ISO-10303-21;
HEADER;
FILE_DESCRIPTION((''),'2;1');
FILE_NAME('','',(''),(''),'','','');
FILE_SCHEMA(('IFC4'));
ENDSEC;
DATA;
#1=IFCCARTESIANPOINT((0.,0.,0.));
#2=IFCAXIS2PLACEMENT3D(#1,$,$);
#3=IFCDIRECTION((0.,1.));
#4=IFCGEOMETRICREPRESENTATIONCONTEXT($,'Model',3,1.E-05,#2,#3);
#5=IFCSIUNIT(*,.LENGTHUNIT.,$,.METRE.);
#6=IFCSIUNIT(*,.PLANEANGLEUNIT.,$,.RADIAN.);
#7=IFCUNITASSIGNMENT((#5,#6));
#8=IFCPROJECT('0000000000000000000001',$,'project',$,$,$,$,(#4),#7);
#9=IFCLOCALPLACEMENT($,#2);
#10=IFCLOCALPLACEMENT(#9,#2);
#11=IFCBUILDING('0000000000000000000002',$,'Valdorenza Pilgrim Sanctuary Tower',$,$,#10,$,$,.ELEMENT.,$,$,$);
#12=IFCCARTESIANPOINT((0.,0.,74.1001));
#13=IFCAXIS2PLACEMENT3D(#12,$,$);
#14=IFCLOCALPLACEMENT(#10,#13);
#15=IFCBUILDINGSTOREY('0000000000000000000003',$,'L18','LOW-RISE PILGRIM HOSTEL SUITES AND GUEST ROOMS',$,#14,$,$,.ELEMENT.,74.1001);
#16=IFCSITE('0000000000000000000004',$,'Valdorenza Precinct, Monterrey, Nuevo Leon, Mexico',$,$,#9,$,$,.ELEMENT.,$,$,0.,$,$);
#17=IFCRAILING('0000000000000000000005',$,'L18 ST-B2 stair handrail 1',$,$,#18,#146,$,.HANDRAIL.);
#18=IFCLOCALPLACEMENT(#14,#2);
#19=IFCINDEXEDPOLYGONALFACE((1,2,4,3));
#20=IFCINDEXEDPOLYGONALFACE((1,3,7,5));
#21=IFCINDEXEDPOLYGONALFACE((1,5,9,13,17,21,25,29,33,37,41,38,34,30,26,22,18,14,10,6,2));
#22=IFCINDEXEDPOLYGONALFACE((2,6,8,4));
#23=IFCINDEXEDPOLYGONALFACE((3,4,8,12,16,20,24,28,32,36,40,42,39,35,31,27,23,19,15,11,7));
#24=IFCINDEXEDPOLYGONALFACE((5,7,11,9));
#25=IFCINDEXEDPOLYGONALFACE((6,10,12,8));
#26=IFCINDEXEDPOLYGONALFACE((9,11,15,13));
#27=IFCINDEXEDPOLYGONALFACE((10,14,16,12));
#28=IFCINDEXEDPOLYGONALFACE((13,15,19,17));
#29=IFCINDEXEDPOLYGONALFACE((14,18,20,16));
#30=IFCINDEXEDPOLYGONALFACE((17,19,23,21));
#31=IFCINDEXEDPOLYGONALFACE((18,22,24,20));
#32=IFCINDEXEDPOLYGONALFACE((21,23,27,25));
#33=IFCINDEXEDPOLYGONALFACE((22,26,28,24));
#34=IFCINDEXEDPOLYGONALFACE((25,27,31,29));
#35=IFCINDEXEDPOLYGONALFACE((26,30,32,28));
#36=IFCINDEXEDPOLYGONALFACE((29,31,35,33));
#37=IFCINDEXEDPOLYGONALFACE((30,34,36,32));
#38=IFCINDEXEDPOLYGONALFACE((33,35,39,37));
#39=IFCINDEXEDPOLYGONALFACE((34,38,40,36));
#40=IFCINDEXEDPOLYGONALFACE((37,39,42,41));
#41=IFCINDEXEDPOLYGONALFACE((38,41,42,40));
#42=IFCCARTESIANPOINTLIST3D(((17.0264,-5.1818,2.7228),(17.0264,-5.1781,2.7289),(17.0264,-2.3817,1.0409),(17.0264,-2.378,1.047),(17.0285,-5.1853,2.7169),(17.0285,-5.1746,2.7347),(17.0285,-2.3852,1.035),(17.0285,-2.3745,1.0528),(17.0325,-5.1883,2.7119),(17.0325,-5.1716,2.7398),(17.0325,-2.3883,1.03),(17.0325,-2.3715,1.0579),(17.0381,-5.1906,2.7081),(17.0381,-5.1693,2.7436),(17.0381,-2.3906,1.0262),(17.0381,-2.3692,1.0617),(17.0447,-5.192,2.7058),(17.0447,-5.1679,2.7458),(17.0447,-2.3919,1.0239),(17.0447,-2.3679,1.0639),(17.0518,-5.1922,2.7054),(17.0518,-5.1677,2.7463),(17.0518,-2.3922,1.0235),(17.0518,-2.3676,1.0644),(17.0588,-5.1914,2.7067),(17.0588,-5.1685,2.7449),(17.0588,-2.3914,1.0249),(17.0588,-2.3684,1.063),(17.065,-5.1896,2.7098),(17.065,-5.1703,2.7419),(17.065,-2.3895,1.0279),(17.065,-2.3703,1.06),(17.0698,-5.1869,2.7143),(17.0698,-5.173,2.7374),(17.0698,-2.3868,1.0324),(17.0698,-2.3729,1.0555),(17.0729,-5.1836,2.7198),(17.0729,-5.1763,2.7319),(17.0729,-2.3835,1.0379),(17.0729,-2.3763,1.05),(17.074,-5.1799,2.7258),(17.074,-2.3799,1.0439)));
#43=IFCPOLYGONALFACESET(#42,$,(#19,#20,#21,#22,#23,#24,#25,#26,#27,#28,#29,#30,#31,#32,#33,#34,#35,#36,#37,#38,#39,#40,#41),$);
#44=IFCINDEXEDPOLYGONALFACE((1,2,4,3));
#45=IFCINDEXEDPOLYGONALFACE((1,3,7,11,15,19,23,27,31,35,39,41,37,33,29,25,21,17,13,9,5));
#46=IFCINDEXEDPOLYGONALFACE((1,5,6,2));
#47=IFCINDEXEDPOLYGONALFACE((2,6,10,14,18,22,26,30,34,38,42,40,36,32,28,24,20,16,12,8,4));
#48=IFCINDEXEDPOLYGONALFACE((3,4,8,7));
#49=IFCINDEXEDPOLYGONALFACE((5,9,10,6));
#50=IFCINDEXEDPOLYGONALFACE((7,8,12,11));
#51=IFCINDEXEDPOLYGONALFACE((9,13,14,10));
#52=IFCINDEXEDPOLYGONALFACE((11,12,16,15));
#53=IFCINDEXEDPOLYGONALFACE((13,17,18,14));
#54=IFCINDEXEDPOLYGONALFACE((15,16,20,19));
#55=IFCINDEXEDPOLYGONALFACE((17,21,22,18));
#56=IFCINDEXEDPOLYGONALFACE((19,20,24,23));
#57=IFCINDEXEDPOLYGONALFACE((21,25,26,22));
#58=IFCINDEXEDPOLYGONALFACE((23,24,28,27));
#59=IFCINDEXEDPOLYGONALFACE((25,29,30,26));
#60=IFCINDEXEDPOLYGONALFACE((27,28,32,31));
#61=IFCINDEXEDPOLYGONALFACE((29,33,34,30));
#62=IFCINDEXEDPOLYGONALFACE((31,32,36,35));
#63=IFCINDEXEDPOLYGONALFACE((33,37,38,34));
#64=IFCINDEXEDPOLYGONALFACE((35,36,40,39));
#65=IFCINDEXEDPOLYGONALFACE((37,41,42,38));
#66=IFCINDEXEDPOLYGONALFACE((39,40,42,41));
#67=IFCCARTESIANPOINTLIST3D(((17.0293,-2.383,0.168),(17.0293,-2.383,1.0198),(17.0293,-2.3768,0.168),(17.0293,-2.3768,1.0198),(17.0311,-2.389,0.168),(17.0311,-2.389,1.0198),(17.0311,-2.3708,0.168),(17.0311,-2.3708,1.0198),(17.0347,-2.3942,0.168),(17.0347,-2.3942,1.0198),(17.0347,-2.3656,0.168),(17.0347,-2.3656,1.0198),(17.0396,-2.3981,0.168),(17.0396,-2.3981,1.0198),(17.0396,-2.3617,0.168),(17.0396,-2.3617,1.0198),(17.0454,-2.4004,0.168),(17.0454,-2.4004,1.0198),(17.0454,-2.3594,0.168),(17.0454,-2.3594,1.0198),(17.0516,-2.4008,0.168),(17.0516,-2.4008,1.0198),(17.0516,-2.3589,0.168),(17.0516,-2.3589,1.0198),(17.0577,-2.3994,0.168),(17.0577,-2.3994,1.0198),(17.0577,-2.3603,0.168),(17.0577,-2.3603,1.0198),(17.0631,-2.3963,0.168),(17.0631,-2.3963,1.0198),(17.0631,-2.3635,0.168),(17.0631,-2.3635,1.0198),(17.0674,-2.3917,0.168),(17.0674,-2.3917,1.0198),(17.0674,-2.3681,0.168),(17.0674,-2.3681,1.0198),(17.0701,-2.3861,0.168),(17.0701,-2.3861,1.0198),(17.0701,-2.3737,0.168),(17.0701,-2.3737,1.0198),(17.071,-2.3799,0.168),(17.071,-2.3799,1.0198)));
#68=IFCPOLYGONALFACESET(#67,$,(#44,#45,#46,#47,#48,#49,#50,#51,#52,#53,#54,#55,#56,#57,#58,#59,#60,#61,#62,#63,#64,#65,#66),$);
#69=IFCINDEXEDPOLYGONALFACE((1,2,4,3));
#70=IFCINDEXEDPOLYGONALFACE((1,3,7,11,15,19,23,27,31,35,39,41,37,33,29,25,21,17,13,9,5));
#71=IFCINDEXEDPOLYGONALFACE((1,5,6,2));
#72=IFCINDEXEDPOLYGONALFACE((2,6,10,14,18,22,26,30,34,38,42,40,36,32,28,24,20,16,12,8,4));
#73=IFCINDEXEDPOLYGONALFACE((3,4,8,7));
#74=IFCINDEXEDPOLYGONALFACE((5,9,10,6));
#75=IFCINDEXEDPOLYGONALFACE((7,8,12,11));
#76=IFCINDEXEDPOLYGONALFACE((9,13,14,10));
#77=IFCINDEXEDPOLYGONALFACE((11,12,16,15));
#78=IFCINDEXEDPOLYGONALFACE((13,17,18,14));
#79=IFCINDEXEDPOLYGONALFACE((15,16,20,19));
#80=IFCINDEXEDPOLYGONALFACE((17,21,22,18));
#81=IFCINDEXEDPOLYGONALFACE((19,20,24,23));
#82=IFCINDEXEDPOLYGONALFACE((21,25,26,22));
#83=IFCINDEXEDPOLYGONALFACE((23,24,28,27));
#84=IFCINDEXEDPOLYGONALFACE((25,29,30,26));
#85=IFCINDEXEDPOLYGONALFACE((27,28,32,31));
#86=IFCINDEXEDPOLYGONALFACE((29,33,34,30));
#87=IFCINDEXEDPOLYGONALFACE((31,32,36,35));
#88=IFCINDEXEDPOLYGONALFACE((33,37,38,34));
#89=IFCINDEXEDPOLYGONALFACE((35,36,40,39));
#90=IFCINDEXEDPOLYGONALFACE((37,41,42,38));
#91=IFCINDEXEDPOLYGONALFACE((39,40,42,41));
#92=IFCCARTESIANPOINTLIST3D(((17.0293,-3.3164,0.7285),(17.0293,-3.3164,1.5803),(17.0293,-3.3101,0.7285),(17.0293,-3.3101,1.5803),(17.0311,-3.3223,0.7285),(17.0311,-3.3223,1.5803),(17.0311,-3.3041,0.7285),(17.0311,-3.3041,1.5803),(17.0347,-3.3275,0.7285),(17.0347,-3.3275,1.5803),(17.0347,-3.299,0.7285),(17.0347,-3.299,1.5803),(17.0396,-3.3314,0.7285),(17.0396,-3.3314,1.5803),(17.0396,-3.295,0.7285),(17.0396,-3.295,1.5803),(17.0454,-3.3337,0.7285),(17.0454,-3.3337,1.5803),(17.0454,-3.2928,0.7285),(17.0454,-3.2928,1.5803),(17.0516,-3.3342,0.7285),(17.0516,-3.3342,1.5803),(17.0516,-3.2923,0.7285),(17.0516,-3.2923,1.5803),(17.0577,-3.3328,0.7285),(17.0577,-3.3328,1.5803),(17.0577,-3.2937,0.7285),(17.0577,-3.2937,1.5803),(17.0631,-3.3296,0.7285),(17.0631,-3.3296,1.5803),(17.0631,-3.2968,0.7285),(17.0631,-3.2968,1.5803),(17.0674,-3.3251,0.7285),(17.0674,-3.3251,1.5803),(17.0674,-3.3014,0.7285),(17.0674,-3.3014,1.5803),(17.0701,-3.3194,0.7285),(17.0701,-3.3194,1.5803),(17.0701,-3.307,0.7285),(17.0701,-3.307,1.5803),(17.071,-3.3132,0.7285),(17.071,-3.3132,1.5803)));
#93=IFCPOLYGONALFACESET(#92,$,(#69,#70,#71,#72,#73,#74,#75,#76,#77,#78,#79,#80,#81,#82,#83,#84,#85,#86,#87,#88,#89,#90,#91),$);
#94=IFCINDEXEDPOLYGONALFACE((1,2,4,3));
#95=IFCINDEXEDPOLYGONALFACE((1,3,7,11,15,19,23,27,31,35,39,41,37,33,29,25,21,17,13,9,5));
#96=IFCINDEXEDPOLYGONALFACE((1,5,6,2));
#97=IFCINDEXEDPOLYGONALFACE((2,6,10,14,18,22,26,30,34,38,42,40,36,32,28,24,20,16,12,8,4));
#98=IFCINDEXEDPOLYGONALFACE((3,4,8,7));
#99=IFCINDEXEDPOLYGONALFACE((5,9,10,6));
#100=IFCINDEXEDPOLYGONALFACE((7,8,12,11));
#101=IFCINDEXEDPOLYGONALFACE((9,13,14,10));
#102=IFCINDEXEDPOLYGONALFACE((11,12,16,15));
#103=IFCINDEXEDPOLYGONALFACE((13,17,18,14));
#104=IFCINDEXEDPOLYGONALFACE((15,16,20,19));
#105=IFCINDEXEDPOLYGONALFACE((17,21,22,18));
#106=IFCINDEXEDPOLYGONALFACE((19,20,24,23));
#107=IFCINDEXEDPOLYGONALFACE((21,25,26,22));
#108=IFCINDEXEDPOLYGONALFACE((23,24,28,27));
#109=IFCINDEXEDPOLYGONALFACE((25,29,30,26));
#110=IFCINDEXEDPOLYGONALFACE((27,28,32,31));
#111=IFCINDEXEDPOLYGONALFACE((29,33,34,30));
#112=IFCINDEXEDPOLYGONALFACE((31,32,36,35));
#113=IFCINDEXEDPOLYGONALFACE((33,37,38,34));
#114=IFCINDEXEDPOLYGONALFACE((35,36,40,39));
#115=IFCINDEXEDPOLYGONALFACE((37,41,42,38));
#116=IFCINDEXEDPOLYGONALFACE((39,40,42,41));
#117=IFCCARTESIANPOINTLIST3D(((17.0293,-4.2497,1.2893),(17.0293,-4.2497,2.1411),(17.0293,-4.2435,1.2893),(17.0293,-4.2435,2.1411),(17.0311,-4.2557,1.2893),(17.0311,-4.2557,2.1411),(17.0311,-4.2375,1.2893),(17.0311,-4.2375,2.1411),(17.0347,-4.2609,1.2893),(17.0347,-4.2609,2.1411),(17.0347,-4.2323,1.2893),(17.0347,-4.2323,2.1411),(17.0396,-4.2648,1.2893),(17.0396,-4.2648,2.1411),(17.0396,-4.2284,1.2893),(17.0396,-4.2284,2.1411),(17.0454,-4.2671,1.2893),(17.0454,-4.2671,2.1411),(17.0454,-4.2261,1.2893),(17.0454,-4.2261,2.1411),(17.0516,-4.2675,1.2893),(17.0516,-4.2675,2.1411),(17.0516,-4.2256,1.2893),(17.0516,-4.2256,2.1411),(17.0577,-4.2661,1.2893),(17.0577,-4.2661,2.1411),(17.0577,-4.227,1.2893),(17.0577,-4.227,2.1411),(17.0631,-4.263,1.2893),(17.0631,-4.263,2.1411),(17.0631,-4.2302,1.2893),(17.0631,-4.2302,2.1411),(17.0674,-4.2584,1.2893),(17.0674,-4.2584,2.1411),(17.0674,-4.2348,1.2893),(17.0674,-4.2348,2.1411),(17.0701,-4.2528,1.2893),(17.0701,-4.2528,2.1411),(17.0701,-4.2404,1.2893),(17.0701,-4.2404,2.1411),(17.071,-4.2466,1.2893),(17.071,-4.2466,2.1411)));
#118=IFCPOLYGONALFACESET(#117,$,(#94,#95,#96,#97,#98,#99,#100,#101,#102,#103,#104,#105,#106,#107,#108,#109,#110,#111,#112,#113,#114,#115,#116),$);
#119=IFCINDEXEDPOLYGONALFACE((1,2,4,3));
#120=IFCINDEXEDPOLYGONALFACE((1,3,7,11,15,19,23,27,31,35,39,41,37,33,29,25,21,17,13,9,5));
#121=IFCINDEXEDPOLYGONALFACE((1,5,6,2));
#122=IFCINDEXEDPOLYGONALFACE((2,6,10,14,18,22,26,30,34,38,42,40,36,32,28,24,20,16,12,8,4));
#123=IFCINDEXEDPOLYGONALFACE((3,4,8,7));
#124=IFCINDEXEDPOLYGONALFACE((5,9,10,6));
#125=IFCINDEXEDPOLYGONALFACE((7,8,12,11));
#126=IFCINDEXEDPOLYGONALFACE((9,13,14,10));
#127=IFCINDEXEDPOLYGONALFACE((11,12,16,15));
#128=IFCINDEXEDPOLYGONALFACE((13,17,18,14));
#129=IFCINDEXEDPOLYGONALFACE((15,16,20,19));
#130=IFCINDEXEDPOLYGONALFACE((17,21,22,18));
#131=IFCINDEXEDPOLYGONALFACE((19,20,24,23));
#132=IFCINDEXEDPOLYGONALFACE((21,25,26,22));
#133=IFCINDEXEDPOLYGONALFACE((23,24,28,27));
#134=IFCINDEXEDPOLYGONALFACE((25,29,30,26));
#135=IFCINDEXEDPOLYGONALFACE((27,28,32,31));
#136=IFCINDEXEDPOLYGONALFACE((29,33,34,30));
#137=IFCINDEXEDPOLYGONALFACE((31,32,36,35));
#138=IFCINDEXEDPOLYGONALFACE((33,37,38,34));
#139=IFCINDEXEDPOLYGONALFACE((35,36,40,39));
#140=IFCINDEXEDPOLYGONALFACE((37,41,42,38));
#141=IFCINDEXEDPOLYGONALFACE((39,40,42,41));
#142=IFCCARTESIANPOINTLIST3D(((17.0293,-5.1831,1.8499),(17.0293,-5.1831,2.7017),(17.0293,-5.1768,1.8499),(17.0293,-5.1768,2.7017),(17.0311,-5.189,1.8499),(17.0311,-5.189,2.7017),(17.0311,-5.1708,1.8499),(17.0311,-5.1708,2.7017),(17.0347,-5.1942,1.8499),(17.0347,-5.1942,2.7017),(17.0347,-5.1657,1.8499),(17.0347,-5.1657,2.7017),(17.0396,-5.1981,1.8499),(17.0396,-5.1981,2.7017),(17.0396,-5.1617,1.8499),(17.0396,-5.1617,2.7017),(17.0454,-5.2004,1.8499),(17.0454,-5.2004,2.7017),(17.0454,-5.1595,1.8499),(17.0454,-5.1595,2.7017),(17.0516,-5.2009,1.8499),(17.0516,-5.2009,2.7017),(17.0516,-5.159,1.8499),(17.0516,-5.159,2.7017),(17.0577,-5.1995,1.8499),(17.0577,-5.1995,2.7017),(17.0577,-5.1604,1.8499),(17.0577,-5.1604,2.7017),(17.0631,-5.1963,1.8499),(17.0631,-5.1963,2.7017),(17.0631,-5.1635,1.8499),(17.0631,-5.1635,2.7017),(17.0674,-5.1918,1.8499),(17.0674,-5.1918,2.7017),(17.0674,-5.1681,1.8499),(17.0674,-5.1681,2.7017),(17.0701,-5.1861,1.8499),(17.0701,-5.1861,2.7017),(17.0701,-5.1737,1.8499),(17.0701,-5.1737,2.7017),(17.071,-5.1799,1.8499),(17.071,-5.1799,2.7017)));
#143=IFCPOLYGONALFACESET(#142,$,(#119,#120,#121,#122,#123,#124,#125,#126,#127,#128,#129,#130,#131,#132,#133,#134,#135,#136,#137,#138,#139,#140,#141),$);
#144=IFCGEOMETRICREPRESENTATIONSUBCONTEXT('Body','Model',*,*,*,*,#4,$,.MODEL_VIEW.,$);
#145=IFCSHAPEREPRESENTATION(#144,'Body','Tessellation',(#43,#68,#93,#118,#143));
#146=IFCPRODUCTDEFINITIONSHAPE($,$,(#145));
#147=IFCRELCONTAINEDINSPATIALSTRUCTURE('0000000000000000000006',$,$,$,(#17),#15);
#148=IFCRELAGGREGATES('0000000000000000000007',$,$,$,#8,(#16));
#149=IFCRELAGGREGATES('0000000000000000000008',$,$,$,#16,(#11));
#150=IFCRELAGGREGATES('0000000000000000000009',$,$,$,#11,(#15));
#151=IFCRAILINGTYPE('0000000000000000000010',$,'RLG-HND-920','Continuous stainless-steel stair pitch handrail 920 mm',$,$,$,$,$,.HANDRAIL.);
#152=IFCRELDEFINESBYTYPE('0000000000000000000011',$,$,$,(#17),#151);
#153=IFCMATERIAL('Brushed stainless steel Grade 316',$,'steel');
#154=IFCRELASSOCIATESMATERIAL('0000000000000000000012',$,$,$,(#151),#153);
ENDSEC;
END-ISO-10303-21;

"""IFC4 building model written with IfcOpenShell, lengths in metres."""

from ifc_helpers import new_model, si_unit, direction, frame, origin, origin_2d, place, context, subcontext, project, spatial, circle, extrude, material, type_object, element, save


model = new_model("IFC4")

# Units and contexts
model_context = context("Model", 3, precision=1e-05, world=origin(), true_north=direction((0.0, 1.0)))
body_context = subcontext(model_context, "Body", "Model", "MODEL_VIEW")
ifc_project = project(units=[si_unit("LENGTHUNIT", "METRE"), si_unit("PLANEANGLEUNIT", "RADIAN")], contexts=[model_context])

# Site, building, storey
site_placement = place(None, origin())
site = spatial("IfcSite", under=ifc_project, at=site_placement, Name="Valdorenza Precinct, Monterrey, Nuevo Leon, Mexico", CompositionType="ELEMENT", RefElevation=0.0)
building_placement = place(site_placement, origin())
building = spatial("IfcBuilding", under=site, at=building_placement, Name="Valdorenza Pilgrim Sanctuary Tower", CompositionType="ELEMENT")
storey_placement = place(building_placement, frame((0.0, 0.0, 74.1001)))
storey = spatial("IfcBuildingStorey", under=building, at=storey_placement, Name="L18", Description="LOW-RISE PILGRIM HOSTEL SUITES AND GUEST ROOMS", CompositionType="ELEMENT", Elevation=74.1001)

# Railing
ifc_material_1 = material(Name="Brushed stainless steel Grade 316", Category="steel")
railing_type = type_object("IfcRailingType", Name="RLG-HND-920", Description="Continuous stainless-steel stair pitch handrail 920 mm", PredefinedType="HANDRAIL", material=ifc_material_1)
railing_placement = place(storey_placement, frame((17.05, -2.3799, 0.168)))
element("IfcRailing", 1, at=railing_placement, inside=storey, type_object=railing_type, Name="L18 ST-B2 stair handrail 1", PredefinedType="HANDRAIL", context=body_context, shape_type="SweptSolid", body=[
    extrude(circle(Radius=0.0239, at=origin_2d()), frame((0.0, 0.0, 0.876), z_axis=(0.0, -0.857242, 0.514913), x_axis=(1.0, 0.0, 0.0)), (0.0, 0.0, 1.0), 3.2664),
    extrude(circle(Radius=0.021, at=origin_2d()), origin(), (0.0, 0.0, 1.0), 0.8518),
    extrude(circle(Radius=0.021, at=origin_2d()), frame((0.0, -0.9333, 0.5605)), (0.0, 0.0, 1.0), 0.8518),
    extrude(circle(Radius=0.021, at=origin_2d()), frame((0.0, -1.8667, 1.1213)), (0.0, 0.0, 1.0), 0.8518),
    extrude(circle(Radius=0.021, at=origin_2d()), frame((0.0, -2.8, 1.6819)), (0.0, 0.0, 1.0), 0.8518),
])

save(model, "model.ifc")
